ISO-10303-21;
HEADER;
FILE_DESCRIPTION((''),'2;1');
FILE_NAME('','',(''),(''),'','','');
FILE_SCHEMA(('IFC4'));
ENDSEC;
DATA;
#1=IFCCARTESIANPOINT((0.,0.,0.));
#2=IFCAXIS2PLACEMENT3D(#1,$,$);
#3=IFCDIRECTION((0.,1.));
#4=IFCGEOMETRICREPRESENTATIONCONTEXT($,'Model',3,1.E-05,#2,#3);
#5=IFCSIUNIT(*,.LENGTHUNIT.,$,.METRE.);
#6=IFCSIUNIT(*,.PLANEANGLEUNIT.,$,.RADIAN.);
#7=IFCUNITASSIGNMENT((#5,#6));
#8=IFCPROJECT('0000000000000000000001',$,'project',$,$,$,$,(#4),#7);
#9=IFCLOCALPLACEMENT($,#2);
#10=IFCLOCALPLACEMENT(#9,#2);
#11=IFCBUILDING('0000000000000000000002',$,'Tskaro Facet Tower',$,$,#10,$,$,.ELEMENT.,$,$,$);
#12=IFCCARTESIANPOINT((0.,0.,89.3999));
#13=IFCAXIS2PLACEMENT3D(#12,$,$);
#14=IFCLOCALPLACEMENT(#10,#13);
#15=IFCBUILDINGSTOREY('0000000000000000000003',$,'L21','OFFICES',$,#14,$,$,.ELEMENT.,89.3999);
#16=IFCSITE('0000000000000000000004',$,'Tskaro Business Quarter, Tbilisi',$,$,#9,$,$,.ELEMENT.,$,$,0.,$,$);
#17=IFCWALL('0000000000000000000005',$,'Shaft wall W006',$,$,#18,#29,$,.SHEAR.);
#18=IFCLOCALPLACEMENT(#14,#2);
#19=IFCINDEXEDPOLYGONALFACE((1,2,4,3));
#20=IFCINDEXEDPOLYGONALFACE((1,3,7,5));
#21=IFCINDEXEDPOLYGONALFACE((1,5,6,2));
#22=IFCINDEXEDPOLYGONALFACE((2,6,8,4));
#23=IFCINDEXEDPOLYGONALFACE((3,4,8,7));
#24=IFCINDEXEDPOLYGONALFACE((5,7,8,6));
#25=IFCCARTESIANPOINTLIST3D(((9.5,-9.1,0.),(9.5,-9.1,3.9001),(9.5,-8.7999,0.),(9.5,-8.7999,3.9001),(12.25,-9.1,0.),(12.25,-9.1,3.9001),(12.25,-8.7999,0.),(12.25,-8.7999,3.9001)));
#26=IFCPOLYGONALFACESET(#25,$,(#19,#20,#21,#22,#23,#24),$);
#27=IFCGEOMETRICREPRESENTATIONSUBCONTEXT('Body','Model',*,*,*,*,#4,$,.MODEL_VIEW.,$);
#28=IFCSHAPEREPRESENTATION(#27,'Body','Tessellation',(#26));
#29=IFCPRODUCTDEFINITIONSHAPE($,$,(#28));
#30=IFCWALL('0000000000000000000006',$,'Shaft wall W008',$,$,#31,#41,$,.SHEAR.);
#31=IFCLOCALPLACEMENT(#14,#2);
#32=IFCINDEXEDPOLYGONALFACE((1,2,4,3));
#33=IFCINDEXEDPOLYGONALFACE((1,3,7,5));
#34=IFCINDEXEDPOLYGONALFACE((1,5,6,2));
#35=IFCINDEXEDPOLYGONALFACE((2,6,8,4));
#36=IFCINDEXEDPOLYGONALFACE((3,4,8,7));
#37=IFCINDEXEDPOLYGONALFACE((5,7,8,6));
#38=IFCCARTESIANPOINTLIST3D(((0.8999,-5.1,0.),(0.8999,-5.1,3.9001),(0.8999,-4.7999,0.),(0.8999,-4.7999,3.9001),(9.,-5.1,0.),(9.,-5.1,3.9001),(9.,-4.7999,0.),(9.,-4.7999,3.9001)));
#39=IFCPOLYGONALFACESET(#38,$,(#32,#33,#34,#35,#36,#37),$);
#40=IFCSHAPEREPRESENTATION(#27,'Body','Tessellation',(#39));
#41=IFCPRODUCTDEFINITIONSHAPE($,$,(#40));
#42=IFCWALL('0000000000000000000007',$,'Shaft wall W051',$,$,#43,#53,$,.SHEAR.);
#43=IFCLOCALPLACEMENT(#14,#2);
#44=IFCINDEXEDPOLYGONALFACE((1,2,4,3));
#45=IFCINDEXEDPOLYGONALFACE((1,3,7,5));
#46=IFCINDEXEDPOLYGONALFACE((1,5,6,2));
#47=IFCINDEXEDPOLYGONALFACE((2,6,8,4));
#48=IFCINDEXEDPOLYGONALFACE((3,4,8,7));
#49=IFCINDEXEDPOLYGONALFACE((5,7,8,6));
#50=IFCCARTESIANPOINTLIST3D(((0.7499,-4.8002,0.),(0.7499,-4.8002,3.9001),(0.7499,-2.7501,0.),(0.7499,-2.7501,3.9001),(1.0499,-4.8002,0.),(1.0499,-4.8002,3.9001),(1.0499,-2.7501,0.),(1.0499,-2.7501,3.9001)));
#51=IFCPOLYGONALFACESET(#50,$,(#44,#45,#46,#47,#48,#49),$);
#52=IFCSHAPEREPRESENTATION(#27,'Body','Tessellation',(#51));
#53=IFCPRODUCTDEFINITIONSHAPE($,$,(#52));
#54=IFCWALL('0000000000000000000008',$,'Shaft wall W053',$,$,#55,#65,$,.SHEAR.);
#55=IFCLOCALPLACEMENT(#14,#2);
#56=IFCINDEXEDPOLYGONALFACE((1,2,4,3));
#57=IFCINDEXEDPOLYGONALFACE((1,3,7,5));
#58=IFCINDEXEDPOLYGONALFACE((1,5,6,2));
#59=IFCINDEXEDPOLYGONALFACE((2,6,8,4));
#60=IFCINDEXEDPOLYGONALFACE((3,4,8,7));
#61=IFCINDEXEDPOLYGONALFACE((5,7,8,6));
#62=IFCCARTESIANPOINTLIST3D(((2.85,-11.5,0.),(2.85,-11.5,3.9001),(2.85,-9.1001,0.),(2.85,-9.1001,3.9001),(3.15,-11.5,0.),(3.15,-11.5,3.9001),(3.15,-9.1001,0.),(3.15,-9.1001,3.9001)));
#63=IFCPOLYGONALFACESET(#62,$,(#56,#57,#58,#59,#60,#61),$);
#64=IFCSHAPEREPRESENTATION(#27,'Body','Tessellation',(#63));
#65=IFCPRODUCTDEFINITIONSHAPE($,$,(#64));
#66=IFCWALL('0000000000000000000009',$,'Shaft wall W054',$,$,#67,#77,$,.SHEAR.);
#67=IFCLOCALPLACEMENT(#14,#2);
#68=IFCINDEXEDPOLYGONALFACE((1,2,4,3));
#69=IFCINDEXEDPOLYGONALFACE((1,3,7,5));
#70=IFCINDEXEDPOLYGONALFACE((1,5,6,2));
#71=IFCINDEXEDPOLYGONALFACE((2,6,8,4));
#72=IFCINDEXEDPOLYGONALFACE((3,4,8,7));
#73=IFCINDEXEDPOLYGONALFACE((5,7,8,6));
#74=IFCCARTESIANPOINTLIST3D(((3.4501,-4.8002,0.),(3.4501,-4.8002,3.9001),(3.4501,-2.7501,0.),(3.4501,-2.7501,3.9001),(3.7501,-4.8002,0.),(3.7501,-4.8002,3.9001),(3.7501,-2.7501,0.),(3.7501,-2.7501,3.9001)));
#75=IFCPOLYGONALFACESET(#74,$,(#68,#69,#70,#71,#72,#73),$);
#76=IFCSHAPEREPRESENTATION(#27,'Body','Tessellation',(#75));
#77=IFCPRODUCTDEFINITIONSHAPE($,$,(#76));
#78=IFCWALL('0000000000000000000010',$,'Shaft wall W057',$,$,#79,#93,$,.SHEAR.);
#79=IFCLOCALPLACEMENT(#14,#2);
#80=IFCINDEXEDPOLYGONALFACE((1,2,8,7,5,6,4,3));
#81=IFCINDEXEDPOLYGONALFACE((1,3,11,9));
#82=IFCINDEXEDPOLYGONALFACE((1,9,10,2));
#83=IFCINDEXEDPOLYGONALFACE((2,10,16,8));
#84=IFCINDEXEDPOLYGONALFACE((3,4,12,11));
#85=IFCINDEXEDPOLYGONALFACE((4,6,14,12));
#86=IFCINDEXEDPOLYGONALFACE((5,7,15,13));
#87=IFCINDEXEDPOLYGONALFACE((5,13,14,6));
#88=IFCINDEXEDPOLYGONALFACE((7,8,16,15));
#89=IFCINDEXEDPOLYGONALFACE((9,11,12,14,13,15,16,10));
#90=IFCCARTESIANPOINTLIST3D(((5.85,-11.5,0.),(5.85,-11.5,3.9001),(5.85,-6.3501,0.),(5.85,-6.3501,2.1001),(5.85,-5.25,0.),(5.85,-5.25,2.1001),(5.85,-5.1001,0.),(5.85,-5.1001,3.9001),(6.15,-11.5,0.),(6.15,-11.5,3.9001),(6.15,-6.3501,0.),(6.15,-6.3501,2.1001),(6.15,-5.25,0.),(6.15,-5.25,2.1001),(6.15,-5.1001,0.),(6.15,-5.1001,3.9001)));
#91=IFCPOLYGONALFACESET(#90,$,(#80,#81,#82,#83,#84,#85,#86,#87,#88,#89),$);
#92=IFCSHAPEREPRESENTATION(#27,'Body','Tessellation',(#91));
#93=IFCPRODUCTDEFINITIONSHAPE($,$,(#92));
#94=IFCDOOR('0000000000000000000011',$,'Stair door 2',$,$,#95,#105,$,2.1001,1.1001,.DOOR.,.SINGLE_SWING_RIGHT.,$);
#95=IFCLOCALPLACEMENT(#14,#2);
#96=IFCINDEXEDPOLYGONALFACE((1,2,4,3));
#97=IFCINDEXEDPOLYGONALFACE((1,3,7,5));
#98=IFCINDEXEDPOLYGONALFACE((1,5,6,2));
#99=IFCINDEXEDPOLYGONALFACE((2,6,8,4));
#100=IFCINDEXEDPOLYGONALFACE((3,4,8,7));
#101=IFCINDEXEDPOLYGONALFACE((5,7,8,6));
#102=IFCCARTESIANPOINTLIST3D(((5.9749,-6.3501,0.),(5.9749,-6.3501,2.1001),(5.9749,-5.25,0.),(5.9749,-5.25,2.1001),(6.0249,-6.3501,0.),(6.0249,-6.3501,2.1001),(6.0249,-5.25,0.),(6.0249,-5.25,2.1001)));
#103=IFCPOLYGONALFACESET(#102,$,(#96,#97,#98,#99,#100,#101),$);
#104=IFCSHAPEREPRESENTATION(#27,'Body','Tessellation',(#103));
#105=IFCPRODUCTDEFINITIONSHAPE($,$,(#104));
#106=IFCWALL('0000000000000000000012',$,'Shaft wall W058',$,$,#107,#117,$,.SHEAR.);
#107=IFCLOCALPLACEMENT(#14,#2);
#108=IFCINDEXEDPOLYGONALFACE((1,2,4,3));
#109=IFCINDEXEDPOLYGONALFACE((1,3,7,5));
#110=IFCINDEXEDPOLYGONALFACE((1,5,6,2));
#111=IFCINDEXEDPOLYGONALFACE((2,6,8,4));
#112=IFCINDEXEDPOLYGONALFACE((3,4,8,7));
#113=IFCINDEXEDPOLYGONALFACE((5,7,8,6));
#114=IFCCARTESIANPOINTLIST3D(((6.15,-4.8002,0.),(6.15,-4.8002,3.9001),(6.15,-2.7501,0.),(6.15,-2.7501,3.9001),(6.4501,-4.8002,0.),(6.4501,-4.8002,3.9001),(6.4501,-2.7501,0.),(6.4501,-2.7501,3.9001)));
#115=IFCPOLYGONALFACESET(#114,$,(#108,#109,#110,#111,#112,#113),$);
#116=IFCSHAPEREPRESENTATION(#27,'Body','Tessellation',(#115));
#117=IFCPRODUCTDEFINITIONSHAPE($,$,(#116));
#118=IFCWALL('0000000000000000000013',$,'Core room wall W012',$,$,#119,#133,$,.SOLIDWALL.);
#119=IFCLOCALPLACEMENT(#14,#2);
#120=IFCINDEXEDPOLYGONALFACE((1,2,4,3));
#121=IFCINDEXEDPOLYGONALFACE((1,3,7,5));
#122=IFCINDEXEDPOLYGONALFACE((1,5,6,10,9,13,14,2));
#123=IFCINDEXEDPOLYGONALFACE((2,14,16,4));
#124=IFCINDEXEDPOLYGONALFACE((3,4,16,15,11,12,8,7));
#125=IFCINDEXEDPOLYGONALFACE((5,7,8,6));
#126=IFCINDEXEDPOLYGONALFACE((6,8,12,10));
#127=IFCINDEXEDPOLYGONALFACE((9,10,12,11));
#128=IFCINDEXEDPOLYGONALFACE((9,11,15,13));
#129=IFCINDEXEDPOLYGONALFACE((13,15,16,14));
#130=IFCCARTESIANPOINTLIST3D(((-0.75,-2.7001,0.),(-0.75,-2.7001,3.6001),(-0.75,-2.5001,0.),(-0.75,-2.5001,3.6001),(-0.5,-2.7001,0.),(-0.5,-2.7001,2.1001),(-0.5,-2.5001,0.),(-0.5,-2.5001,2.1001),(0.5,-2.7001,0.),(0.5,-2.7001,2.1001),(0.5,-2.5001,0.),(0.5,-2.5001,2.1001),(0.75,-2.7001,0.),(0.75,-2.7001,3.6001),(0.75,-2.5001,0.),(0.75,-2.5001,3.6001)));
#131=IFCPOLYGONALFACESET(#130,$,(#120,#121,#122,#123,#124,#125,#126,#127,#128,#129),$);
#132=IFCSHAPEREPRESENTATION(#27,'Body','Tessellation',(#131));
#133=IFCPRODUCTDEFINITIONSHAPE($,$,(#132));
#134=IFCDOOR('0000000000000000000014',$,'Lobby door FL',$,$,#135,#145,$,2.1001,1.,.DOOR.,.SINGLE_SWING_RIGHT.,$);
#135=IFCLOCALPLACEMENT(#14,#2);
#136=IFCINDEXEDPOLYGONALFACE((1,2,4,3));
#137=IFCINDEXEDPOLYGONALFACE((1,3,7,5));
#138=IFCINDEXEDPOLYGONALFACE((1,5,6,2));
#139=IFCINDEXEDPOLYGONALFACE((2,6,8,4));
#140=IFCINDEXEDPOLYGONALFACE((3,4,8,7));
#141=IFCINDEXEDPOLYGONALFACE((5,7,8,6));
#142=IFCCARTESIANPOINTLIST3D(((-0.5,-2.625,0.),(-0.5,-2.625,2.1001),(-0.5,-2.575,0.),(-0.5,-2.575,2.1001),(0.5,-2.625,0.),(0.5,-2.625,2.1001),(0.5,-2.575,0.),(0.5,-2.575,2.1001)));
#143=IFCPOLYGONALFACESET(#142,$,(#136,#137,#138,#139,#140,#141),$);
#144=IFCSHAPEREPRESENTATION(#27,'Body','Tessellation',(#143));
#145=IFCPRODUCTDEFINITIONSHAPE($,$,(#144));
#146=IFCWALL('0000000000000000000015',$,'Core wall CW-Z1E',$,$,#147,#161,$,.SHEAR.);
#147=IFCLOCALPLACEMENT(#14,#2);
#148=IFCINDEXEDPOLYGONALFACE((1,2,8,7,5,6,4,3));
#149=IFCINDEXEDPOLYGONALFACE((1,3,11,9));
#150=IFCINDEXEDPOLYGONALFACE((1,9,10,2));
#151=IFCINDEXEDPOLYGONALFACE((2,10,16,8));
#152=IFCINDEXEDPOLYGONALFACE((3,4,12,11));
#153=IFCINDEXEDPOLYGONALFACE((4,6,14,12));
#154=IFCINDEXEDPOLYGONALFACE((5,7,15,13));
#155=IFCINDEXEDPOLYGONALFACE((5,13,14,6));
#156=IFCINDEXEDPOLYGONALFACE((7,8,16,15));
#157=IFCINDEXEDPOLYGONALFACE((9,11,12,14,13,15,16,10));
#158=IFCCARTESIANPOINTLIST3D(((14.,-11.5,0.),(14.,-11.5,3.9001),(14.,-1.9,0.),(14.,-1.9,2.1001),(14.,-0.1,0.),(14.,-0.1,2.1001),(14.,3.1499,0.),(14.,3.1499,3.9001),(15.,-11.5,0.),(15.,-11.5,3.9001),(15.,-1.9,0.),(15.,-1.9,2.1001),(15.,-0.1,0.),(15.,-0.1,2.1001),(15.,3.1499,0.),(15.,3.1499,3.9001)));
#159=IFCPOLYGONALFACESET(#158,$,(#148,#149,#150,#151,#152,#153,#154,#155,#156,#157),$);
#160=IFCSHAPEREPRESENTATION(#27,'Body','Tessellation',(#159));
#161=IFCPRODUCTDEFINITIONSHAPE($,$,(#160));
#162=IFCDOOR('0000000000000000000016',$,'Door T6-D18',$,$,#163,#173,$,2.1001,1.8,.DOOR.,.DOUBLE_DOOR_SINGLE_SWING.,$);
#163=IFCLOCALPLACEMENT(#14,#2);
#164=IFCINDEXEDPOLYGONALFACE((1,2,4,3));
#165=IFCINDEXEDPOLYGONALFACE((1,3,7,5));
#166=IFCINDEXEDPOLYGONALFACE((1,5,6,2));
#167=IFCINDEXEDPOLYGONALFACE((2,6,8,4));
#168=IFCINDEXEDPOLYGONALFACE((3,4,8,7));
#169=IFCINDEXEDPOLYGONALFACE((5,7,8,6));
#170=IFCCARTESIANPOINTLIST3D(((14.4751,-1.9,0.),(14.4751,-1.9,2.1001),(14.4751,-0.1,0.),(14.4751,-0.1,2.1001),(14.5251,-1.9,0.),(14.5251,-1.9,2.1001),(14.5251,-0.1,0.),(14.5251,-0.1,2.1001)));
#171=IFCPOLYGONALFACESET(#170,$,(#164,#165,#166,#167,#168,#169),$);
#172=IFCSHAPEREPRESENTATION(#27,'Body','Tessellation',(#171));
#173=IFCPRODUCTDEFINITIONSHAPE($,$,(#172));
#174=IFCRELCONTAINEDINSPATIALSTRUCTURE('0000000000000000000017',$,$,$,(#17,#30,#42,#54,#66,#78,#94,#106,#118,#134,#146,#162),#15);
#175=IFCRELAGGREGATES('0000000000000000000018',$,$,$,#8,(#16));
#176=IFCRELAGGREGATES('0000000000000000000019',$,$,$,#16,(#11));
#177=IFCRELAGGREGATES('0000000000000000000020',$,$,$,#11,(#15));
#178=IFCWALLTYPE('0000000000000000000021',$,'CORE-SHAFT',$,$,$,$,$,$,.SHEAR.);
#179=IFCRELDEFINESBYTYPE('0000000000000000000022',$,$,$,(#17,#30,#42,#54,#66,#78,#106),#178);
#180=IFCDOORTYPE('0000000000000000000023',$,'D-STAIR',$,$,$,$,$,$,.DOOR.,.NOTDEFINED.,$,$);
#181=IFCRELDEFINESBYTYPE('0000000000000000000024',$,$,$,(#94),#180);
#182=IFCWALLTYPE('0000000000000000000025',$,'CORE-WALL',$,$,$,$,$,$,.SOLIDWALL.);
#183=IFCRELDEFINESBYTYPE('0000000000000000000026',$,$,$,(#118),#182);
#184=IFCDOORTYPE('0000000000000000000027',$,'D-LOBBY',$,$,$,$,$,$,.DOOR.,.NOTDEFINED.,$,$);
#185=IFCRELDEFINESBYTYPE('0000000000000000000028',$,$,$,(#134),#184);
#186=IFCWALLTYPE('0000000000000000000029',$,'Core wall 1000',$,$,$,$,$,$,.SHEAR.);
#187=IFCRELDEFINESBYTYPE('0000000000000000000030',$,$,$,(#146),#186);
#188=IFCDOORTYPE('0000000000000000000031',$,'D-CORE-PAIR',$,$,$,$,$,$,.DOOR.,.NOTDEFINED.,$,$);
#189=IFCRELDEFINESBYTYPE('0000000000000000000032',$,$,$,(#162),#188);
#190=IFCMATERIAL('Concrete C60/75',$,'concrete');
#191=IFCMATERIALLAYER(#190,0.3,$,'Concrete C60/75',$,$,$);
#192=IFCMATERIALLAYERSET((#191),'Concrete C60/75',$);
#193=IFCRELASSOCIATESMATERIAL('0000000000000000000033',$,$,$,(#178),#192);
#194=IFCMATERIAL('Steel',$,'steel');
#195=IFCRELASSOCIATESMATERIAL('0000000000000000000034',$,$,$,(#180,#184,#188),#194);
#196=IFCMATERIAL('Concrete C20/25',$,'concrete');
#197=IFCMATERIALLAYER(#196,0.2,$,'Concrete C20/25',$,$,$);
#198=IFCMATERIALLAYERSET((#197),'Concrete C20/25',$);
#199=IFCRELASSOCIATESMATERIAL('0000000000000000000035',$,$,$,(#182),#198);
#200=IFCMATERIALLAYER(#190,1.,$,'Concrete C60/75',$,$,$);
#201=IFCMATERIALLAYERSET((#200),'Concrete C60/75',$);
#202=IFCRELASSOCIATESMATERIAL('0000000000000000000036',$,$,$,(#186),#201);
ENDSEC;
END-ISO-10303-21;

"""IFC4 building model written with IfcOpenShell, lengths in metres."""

from ifc_helpers import new_model, si_unit, direction, frame, frame_2d, origin, place, context, subcontext, project, spatial, rectangle, extrude, material, layer, layer_set, type_object, element, fill, save


model = new_model("IFC4")

# Units and contexts
model_context = context("Model", 3, precision=1e-05, world=origin(), true_north=direction((0.0, 1.0)))
body_context = subcontext(model_context, "Body", "Model", "MODEL_VIEW")
ifc_project = project(units=[si_unit("LENGTHUNIT", "METRE"), si_unit("PLANEANGLEUNIT", "RADIAN")], contexts=[model_context])

# Site, building, storey
site_placement = place(None, origin())
site = spatial("IfcSite", under=ifc_project, at=site_placement, Name="Tskaro Business Quarter, Tbilisi", CompositionType="ELEMENT", RefElevation=0.0)
building_placement = place(site_placement, origin())
building = spatial("IfcBuilding", under=site, at=building_placement, Name="Tskaro Facet Tower", CompositionType="ELEMENT")
storey_placement = place(building_placement, frame((0.0, 0.0, 89.3999)))
storey = spatial("IfcBuildingStorey", under=building, at=storey_placement, Name="L21", Description="OFFICES", CompositionType="ELEMENT", Elevation=89.3999)

# Walls
ifc_material_1 = material(Name="Concrete C60/75", Category="concrete")
ifc_layer_1 = layer(ifc_material_1, 0.3, Name="Concrete C60/75")
ifc_layer_set_1 = layer_set([ifc_layer_1], Name="Concrete C60/75")
wall_type_1 = type_object("IfcWallType", Name="CORE-SHAFT", PredefinedType="SHEAR", material=ifc_layer_set_1)
wall_1_placement = place(storey_placement, frame((9.5, -8.95, 0.0), z_axis=(0.0, 0.0, 1.0), x_axis=(1.0, 0.0, 0.0)))
element("IfcWall", 1, at=wall_1_placement, inside=storey, type_object=wall_type_1, Name="Shaft wall W006", PredefinedType="SHEAR", context=body_context, shape_type="SweptSolid", body=[
    extrude(rectangle(XDim=2.75, YDim=0.3, at=frame_2d((1.375, 0.0))), origin(), (0.0, 0.0, 1.0), 3.9001),
])
wall_2_placement = place(storey_placement, frame((0.8999, -4.95, 0.0), z_axis=(0.0, 0.0, 1.0), x_axis=(1.0, 0.0, 0.0)))
element("IfcWall", 2, at=wall_2_placement, inside=storey, type_object=wall_type_1, Name="Shaft wall W008", PredefinedType="SHEAR", context=body_context, shape_type="SweptSolid", body=[
    extrude(rectangle(XDim=8.1001, YDim=0.3, at=frame_2d((4.05, 0.0))), origin(), (0.0, 0.0, 1.0), 3.9001),
])
wall_3_placement = place(storey_placement, frame((0.8999, -4.8, 0.0), z_axis=(0.0, 0.0, 1.0), x_axis=(0.0, 1.0, 0.0)))
element("IfcWall", 3, at=wall_3_placement, inside=storey, type_object=wall_type_1, Name="Shaft wall W051", PredefinedType="SHEAR", context=body_context, shape_type="SweptSolid", body=[
    extrude(rectangle(XDim=2.05, YDim=0.3, at=frame_2d((1.0249, 0.0))), origin(), (0.0, 0.0, 1.0), 3.9001),
])
wall_4_placement = place(storey_placement, frame((3.0, -11.5, 0.0), z_axis=(0.0, 0.0, 1.0), x_axis=(0.0, 1.0, 0.0)))
element("IfcWall", 4, at=wall_4_placement, inside=storey, type_object=wall_type_1, Name="Shaft wall W053", PredefinedType="SHEAR", context=body_context, shape_type="SweptSolid", body=[
    extrude(rectangle(XDim=2.3999, YDim=0.3, at=frame_2d((1.2, 0.0))), origin(), (0.0, 0.0, 1.0), 3.9001),
])
wall_5_placement = place(storey_placement, frame((3.6001, -4.8, 0.0), z_axis=(0.0, 0.0, 1.0), x_axis=(0.0, 1.0, 0.0)))
element("IfcWall", 5, at=wall_5_placement, inside=storey, type_object=wall_type_1, Name="Shaft wall W054", PredefinedType="SHEAR", context=body_context, shape_type="SweptSolid", body=[
    extrude(rectangle(XDim=2.05, YDim=0.3, at=frame_2d((1.0249, 0.0))), origin(), (0.0, 0.0, 1.0), 3.9001),
])

# Wall, opening, door
wall_6_placement = place(storey_placement, frame((6.0, -5.1001, 0.0), z_axis=(0.0, 0.0, 1.0), x_axis=(0.0, -1.0, 0.0)))
wall_6 = element("IfcWall", 6, at=wall_6_placement, inside=storey, type_object=wall_type_1, Name="Shaft wall W057", PredefinedType="SHEAR", context=body_context, shape_type="SweptSolid", body=[
    extrude(rectangle(XDim=6.3999, YDim=0.3, at=frame_2d((3.2, 0.0))), origin(), (0.0, 0.0, 1.0), 3.9001),
])
opening_1_placement = place(wall_6_placement, frame((0.1499, 0.0, 0.0)))
opening_1 = element("IfcOpeningElement", 7, at=opening_1_placement, cuts=wall_6, PredefinedType="OPENING", context=body_context, shape_type="SweptSolid", body=[
    extrude(rectangle(XDim=1.1001, YDim=2.1001, at=frame_2d((0.55, 1.05))), frame((0.0, 0.1599, 0.0), z_axis=(0.0, -1.0, 0.0), x_axis=(1.0, 0.0, 0.0)), (0.0, 0.0, 1.0), 0.3201),
])
ifc_material_2 = material(Name="Steel", Category="steel")
door_type_1 = type_object("IfcDoorType", Name="D-STAIR", OperationType="NOTDEFINED", PredefinedType="DOOR", material=ifc_material_2)
door_1_placement = place(opening_1_placement, origin())
door_1 = element("IfcDoor", 8, at=door_1_placement, inside=storey, type_object=door_type_1, Name="Stair door 2", OperationType="SINGLE_SWING_RIGHT", OverallHeight=2.1001, OverallWidth=1.1001, PredefinedType="DOOR", context=body_context, shape_type="SweptSolid", body=[
    extrude(rectangle(XDim=1.1001, YDim=2.1001, at=frame_2d((0.55, 1.05))), frame((0.0, 0.0249, 0.0), z_axis=(0.0, -1.0, 0.0), x_axis=(1.0, 0.0, 0.0)), (0.0, 0.0, 1.0), 0.05),
])
fill(opening_1, door_1)

# Wall
wall_7_placement = place(storey_placement, frame((6.3, -4.8, 0.0), z_axis=(0.0, 0.0, 1.0), x_axis=(0.0, 1.0, 0.0)))
element("IfcWall", 9, at=wall_7_placement, inside=storey, type_object=wall_type_1, Name="Shaft wall W058", PredefinedType="SHEAR", context=body_context, shape_type="SweptSolid", body=[
    extrude(rectangle(XDim=2.05, YDim=0.3, at=frame_2d((1.0249, 0.0))), origin(), (0.0, 0.0, 1.0), 3.9001),
])

# Walls, openings, doors
ifc_material_3 = material(Name="Concrete C20/25", Category="concrete")
ifc_layer_2 = layer(ifc_material_3, 0.2, Name="Concrete C20/25")
ifc_layer_set_2 = layer_set([ifc_layer_2], Name="Concrete C20/25")
wall_type_2 = type_object("IfcWallType", Name="CORE-WALL", PredefinedType="SOLIDWALL", material=ifc_layer_set_2)
wall_8_placement = place(storey_placement, frame((0.75, -2.6001, 0.0), z_axis=(0.0, 0.0, 1.0), x_axis=(-1.0, 0.0, 0.0)))
wall_8 = element("IfcWall", 10, at=wall_8_placement, inside=storey, type_object=wall_type_2, Name="Core room wall W012", PredefinedType="SOLIDWALL", context=body_context, shape_type="SweptSolid", body=[
    extrude(rectangle(XDim=1.5, YDim=0.2, at=frame_2d((0.75, 0.0))), origin(), (0.0, 0.0, 1.0), 3.6001),
])
opening_2_placement = place(wall_8_placement, frame((0.25, 0.0, 0.0)))
opening_2 = element("IfcOpeningElement", 11, at=opening_2_placement, cuts=wall_8, PredefinedType="OPENING", context=body_context, shape_type="SweptSolid", body=[
    extrude(rectangle(XDim=1.0, YDim=2.1001, at=frame_2d((0.5, 1.05))), frame((0.0, 0.1099, 0.0), z_axis=(0.0, -1.0, 0.0), x_axis=(1.0, 0.0, 0.0)), (0.0, 0.0, 1.0), 0.22),
])
door_type_2 = type_object("IfcDoorType", Name="D-LOBBY", OperationType="NOTDEFINED", PredefinedType="DOOR", material=ifc_material_2)
door_2_placement = place(opening_2_placement, origin())
door_2 = element("IfcDoor", 12, at=door_2_placement, inside=storey, type_object=door_type_2, Name="Lobby door FL", OperationType="SINGLE_SWING_RIGHT", OverallHeight=2.1001, OverallWidth=1.0, PredefinedType="DOOR", context=body_context, shape_type="SweptSolid", body=[
    extrude(rectangle(XDim=1.0, YDim=2.1001, at=frame_2d((0.5, 1.05))), frame((0.0, 0.0249, 0.0), z_axis=(0.0, -1.0, 0.0), x_axis=(1.0, 0.0, 0.0)), (0.0, 0.0, 1.0), 0.05),
])
fill(opening_2, door_2)
ifc_layer_3 = layer(ifc_material_1, 1.0, Name="Concrete C60/75")
ifc_layer_set_3 = layer_set([ifc_layer_3], Name="Concrete C60/75")
wall_type_3 = type_object("IfcWallType", Name="Core wall 1000", PredefinedType="SHEAR", material=ifc_layer_set_3)
wall_9_placement = place(storey_placement, frame((14.5, -11.5, 0.0), z_axis=(0.0, 0.0, 1.0), x_axis=(0.0, 1.0, 0.0)))
wall_9 = element("IfcWall", 13, at=wall_9_placement, inside=storey, type_object=wall_type_3, Name="Core wall CW-Z1E", PredefinedType="SHEAR", context=body_context, shape_type="SweptSolid", body=[
    extrude(rectangle(XDim=14.6499, YDim=1.0, at=frame_2d((7.325, 0.0))), origin(), (0.0, 0.0, 1.0), 3.9001),
])
opening_3_placement = place(wall_9_placement, frame((9.6001, 0.0, 0.0)))
opening_3 = element("IfcOpeningElement", 14, at=opening_3_placement, cuts=wall_9, PredefinedType="OPENING", context=body_context, shape_type="SweptSolid", body=[
    extrude(rectangle(XDim=1.8, YDim=2.1001, at=frame_2d((0.8999, 1.05))), frame((0.0, 0.51, 0.0), z_axis=(0.0, -1.0, 0.0), x_axis=(1.0, 0.0, 0.0)), (0.0, 0.0, 1.0), 1.02),
])
door_type_3 = type_object("IfcDoorType", Name="D-CORE-PAIR", OperationType="NOTDEFINED", PredefinedType="DOOR", material=ifc_material_2)
door_3_placement = place(opening_3_placement, origin())
door_3 = element("IfcDoor", 15, at=door_3_placement, inside=storey, type_object=door_type_3, Name="Door T6-D18", OperationType="DOUBLE_DOOR_SINGLE_SWING", OverallHeight=2.1001, OverallWidth=1.8, PredefinedType="DOOR", context=body_context, shape_type="SweptSolid", body=[
    extrude(rectangle(XDim=1.8, YDim=2.1001, at=frame_2d((0.8999, 1.05))), frame((0.0, 0.0249, 0.0), z_axis=(0.0, -1.0, 0.0), x_axis=(1.0, 0.0, 0.0)), (0.0, 0.0, 1.0), 0.05),
])
fill(opening_3, door_3)

save(model, "model.ifc")
